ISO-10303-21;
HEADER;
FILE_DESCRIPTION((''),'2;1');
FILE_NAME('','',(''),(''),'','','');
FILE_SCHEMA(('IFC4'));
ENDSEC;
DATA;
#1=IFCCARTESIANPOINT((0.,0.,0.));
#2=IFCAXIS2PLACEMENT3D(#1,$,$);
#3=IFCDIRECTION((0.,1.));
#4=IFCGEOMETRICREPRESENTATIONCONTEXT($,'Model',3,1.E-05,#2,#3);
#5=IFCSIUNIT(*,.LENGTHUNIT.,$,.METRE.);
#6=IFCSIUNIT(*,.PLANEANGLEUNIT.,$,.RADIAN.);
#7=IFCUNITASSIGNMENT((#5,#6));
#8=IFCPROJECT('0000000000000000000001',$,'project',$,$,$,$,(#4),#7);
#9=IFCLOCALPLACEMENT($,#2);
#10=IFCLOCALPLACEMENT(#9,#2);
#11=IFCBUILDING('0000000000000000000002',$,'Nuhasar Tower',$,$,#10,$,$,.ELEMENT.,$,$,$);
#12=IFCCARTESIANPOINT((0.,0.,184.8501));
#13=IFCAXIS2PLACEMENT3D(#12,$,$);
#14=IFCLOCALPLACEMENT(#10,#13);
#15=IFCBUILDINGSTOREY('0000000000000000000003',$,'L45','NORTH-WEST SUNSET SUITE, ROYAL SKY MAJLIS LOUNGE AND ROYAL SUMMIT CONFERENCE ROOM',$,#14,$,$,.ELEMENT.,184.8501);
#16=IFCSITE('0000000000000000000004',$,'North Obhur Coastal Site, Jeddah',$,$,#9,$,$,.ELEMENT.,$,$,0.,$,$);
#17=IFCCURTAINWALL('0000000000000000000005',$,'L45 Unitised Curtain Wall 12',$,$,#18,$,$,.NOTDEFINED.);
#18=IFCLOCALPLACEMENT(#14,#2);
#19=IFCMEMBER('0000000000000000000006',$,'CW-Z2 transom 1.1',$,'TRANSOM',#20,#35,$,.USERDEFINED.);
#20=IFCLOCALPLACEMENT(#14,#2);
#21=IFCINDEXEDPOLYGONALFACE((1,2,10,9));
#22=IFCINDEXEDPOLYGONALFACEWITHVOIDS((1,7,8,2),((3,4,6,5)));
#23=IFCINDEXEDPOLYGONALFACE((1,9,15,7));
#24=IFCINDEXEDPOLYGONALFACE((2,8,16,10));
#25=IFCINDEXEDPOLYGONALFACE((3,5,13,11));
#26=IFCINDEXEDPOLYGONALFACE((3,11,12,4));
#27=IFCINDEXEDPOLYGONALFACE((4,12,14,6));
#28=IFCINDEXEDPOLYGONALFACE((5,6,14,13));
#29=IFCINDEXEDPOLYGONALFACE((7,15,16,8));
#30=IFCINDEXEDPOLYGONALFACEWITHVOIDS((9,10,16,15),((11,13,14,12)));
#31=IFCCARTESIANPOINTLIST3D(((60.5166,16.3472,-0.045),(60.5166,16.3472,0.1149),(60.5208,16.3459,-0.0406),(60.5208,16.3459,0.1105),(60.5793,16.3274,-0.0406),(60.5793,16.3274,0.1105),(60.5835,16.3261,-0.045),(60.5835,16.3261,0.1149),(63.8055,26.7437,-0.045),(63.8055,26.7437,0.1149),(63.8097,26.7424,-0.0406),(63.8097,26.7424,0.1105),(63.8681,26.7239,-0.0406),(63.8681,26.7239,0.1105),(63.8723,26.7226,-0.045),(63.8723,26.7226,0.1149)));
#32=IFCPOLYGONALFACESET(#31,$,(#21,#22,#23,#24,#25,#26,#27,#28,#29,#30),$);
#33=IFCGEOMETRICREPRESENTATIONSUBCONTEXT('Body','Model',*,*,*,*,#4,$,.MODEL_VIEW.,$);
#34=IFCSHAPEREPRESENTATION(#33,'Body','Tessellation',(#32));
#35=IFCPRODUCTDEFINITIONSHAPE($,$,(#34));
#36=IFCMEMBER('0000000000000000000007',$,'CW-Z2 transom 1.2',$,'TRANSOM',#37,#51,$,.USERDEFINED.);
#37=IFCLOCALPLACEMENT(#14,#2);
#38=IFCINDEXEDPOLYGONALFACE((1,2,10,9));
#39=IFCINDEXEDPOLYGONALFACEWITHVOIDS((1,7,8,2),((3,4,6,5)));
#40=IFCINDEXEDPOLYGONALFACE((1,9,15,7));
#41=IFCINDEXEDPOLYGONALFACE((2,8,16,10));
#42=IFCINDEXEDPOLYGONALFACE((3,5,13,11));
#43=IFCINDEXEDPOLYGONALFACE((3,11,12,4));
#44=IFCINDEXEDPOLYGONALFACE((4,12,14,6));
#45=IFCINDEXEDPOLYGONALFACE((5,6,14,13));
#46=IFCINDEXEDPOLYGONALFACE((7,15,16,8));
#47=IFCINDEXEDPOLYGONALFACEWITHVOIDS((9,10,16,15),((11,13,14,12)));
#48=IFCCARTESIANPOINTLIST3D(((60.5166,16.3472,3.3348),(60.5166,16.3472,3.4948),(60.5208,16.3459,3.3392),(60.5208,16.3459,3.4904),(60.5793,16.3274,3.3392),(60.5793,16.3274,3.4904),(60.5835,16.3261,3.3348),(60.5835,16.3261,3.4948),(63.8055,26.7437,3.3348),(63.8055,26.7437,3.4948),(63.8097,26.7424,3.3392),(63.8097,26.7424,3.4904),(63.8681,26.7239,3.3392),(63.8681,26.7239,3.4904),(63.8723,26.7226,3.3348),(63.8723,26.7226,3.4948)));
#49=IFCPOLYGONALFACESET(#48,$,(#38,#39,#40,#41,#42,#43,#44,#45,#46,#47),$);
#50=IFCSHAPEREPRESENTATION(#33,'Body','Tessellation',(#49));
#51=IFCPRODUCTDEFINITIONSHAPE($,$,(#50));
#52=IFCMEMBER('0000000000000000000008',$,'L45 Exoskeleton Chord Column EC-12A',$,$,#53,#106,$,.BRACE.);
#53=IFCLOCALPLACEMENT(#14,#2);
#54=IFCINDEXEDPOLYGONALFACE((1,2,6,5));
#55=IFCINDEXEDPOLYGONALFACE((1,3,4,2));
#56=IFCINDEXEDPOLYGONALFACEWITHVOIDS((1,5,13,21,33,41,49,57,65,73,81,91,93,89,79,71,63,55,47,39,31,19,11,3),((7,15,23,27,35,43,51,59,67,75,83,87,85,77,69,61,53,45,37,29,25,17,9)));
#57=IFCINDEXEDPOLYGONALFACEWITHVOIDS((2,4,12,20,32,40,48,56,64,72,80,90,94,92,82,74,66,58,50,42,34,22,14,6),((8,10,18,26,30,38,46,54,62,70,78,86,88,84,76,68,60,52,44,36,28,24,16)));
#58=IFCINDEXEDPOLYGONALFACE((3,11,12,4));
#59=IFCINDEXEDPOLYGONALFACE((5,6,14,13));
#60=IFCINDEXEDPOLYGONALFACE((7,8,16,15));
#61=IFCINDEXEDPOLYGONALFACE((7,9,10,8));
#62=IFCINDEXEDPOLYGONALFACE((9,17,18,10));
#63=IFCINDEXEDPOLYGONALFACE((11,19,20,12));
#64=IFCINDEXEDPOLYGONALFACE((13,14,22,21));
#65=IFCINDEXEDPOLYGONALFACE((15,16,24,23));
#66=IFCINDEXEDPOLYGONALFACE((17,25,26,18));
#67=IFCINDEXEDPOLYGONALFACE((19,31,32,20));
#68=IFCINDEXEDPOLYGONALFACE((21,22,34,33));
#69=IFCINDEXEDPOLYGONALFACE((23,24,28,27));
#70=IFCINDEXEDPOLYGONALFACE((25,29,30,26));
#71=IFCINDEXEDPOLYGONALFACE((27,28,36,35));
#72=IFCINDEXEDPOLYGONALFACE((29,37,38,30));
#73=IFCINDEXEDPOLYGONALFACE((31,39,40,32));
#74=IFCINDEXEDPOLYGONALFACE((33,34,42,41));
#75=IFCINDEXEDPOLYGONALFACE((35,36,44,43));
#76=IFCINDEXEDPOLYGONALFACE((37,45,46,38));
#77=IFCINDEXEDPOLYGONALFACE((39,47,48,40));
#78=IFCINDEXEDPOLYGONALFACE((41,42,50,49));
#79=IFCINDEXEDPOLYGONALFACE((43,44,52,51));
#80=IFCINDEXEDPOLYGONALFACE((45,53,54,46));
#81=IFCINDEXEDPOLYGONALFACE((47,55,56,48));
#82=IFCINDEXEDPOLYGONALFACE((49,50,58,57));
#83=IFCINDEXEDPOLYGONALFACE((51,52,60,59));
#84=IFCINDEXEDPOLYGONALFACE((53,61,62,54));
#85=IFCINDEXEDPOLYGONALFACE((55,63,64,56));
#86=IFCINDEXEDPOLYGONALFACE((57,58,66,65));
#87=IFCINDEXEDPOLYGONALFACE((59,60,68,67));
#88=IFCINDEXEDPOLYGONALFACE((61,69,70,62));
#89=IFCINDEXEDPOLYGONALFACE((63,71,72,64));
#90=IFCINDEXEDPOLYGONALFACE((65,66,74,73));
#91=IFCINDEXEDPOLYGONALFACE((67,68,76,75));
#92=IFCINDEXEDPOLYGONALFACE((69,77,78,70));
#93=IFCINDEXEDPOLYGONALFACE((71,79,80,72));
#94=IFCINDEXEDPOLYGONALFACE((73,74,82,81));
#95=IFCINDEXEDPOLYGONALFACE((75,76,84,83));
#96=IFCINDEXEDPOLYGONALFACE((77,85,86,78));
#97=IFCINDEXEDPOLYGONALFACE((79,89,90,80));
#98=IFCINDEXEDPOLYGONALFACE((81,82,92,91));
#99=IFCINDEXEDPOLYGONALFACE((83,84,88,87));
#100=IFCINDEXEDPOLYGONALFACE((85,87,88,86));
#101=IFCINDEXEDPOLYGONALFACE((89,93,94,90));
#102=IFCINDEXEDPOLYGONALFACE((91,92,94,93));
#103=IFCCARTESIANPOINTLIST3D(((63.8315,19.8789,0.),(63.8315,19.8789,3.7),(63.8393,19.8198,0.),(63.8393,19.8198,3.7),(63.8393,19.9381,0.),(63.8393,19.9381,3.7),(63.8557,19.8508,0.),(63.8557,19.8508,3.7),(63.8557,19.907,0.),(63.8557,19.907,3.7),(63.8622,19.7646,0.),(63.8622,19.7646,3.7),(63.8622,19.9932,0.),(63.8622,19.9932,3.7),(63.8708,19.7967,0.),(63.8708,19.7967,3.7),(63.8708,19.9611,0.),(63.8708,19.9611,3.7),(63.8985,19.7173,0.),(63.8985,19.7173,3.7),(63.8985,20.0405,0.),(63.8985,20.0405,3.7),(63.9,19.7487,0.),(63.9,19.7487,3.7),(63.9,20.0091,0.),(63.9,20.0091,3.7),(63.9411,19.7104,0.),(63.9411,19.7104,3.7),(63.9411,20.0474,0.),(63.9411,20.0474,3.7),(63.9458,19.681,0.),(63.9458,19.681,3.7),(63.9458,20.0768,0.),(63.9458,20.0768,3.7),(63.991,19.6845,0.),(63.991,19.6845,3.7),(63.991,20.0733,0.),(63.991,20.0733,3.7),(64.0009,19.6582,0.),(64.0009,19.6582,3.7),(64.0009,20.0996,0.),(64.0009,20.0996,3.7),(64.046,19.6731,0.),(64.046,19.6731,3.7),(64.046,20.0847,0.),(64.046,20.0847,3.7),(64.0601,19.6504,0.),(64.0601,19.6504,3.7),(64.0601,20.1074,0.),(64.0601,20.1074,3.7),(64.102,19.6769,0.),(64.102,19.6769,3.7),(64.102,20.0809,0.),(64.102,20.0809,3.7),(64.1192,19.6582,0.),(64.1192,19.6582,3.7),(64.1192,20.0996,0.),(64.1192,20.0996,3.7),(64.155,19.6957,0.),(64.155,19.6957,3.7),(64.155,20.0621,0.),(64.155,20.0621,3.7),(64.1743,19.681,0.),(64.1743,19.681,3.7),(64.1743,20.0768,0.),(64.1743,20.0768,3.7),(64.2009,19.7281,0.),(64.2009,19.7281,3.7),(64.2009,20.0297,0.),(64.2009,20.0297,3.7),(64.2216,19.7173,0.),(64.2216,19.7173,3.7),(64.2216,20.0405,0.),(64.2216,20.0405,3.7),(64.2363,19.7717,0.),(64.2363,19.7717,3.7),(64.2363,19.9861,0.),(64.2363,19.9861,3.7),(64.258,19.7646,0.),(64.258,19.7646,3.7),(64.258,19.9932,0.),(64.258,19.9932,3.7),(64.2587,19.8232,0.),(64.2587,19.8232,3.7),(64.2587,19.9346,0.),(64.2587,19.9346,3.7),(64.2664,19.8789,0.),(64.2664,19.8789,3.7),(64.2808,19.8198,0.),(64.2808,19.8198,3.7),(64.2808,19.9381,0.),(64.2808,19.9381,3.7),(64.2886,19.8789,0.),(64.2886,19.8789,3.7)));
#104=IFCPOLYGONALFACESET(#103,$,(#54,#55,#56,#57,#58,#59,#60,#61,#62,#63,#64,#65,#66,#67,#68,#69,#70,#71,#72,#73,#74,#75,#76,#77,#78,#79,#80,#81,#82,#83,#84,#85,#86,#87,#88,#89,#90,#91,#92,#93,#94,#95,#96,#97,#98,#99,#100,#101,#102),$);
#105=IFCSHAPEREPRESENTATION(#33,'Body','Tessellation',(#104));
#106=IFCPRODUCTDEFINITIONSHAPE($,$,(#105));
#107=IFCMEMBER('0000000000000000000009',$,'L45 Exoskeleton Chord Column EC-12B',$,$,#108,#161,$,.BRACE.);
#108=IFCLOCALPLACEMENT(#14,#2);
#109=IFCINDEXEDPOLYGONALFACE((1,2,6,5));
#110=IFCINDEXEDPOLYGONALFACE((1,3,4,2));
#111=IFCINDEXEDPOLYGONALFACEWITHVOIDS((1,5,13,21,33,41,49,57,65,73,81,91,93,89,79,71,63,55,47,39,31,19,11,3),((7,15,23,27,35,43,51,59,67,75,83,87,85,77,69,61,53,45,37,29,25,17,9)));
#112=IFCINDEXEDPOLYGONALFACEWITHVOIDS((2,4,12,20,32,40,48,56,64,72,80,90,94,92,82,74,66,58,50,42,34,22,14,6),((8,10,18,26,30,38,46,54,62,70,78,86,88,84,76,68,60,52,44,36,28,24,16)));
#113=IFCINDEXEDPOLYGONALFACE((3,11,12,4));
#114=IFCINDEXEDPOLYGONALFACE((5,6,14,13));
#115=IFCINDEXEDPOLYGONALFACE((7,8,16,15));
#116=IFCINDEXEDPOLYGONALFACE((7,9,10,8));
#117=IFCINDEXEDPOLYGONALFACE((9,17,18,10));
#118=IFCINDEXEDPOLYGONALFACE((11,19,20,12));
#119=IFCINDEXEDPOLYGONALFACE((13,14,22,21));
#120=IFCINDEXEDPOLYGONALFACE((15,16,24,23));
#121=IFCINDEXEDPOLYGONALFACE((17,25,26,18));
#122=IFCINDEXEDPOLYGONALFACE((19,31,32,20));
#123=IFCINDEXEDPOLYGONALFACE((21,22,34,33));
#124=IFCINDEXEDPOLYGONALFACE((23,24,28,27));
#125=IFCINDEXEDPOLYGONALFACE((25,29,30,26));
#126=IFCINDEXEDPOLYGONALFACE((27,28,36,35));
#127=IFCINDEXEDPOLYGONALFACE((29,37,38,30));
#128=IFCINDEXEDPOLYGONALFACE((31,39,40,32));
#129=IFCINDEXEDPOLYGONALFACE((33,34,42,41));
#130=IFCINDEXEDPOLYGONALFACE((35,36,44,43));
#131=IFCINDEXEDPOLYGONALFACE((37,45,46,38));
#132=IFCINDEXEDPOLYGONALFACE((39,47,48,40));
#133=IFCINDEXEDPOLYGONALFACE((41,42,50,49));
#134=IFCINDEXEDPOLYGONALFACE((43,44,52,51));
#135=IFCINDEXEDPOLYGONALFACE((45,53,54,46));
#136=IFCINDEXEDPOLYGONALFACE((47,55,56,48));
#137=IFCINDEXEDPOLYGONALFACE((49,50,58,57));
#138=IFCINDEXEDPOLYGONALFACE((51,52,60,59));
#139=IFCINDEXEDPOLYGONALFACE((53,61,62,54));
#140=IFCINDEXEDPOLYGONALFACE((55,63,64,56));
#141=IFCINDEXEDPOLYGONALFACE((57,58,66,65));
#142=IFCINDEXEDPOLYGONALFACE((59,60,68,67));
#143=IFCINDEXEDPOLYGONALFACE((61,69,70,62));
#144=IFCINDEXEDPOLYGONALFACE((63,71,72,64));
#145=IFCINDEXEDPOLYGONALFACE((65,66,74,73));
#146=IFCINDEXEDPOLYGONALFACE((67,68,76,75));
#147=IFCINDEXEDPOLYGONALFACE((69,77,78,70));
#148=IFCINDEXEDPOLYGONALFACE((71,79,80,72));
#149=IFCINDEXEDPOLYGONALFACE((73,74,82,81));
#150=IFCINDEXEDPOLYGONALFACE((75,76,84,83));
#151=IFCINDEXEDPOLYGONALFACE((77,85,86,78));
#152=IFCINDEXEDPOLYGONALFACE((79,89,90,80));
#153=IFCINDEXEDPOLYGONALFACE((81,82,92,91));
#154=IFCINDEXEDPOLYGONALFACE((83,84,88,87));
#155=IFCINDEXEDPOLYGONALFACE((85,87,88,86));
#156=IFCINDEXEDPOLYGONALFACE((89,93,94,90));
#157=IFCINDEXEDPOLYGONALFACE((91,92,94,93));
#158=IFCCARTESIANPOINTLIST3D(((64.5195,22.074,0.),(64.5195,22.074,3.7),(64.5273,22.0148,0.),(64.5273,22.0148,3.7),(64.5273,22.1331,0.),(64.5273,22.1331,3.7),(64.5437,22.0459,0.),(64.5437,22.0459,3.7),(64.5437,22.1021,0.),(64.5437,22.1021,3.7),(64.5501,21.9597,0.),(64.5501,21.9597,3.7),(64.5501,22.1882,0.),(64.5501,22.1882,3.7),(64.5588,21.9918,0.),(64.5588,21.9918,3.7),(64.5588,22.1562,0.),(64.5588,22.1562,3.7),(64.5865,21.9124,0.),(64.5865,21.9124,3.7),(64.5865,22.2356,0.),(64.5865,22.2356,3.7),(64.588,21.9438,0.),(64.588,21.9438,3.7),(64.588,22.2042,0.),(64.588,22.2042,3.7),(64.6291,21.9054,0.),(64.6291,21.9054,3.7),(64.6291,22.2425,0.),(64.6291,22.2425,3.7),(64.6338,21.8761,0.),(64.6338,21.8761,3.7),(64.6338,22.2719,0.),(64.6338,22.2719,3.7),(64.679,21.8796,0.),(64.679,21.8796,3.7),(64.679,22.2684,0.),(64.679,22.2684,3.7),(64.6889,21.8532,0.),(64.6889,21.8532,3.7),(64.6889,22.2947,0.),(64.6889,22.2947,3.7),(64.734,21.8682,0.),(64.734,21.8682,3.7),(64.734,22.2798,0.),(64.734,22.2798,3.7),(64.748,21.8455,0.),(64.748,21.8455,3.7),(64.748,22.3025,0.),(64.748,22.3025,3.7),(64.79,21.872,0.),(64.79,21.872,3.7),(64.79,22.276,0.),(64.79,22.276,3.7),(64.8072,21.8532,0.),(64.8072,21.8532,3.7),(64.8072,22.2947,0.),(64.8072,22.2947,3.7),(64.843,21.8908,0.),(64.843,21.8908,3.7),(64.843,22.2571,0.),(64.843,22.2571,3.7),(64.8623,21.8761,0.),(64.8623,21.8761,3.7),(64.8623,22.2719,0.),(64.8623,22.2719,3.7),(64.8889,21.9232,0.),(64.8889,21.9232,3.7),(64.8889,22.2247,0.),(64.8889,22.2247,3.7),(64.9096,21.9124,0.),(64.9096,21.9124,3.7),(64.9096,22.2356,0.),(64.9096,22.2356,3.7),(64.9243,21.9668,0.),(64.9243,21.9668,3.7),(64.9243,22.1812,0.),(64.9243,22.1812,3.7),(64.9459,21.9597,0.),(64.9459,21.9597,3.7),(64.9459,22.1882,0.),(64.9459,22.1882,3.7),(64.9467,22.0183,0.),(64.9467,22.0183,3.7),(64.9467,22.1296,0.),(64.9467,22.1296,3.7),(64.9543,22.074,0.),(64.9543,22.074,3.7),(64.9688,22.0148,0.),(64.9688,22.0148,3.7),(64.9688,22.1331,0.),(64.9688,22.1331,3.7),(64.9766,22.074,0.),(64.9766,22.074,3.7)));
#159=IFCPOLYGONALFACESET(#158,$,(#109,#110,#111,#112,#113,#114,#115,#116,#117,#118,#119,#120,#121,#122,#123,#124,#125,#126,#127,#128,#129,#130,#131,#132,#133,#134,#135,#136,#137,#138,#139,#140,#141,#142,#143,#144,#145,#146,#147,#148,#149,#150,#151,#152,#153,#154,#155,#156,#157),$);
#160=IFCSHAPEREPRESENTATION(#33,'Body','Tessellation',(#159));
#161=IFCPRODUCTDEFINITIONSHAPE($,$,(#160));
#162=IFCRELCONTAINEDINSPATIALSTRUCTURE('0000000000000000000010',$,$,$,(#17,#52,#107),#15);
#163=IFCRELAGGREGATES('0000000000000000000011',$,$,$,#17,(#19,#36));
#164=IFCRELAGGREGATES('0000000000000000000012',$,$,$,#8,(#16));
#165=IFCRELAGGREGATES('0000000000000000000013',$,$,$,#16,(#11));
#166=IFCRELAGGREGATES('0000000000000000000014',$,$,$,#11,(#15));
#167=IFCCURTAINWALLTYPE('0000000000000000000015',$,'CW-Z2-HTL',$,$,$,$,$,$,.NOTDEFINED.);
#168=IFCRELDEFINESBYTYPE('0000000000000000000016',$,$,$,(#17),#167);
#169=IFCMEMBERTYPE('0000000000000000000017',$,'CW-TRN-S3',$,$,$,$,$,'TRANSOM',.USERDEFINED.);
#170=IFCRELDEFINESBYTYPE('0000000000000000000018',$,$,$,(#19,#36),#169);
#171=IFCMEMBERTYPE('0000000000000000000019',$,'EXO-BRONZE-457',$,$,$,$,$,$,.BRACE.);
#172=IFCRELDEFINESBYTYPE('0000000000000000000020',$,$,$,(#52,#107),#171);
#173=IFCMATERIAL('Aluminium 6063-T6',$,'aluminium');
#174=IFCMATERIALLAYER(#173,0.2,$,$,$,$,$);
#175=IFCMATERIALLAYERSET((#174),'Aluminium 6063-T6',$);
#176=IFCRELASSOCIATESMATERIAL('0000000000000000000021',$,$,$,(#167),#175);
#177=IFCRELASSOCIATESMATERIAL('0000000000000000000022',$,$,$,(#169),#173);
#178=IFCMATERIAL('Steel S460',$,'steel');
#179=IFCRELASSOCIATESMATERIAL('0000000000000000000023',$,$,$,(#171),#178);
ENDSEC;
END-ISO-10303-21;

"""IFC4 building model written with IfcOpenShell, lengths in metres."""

from ifc_helpers import new_model, si_unit, direction, frame, origin, origin_2d, place, context, subcontext, project, spatial, hollow_rectangle, hollow_circle, extrude, material, layer, layer_set, material_profile, profile_set, type_object, element, aggregate, save


model = new_model("IFC4")

# Units and contexts
model_context = context("Model", 3, precision=1e-05, world=origin(), true_north=direction((0.0, 1.0)))
body_context = subcontext(model_context, "Body", "Model", "MODEL_VIEW")
ifc_project = project(units=[si_unit("LENGTHUNIT", "METRE"), si_unit("PLANEANGLEUNIT", "RADIAN")], contexts=[model_context])

# Site, building, storey
site_placement = place(None, origin())
site = spatial("IfcSite", under=ifc_project, at=site_placement, Name="North Obhur Coastal Site, Jeddah", CompositionType="ELEMENT", RefElevation=0.0)
building_placement = place(site_placement, origin())
building = spatial("IfcBuilding", under=site, at=building_placement, Name="Nuhasar Tower", CompositionType="ELEMENT")
storey_placement = place(building_placement, frame((0.0, 0.0, 184.8501)))
storey = spatial("IfcBuildingStorey", under=building, at=storey_placement, Name="L45", Description="NORTH-WEST SUNSET SUITE, ROYAL SKY MAJLIS LOUNGE AND ROYAL SUMMIT CONFERENCE ROOM", CompositionType="ELEMENT", Elevation=184.8501)

# Curtain wall, members
ifc_material_1 = material(Name="Aluminium 6063-T6", Category="aluminium")
ifc_layer_1 = layer(ifc_material_1, 0.2)
ifc_layer_set_1 = layer_set([ifc_layer_1], Name="Aluminium 6063-T6")
curtain_wall_type = type_object("IfcCurtainWallType", Name="CW-Z2-HTL", PredefinedType="NOTDEFINED", material=ifc_layer_set_1)
curtain_wall_placement = place(storey_placement, origin())
curtain_wall = element("IfcCurtainWall", 1, at=curtain_wall_placement, inside=storey, type_object=curtain_wall_type, Name="L45 Unitised Curtain Wall 12", PredefinedType="NOTDEFINED")
ifc_material_profile_1 = material_profile(ifc_material_1, hollow_rectangle(XDim=0.0701, YDim=0.1599, WallThickness=0.0044, at=origin_2d()), Name="CWT-3")
ifc_profile_set_1 = profile_set([ifc_material_profile_1], Name="Aluminium 6063-T6")
member_type_1 = type_object("IfcMemberType", Name="CW-TRN-S3", ElementType="TRANSOM", PredefinedType="USERDEFINED", material=ifc_profile_set_1)
member_1_placement = place(storey_placement, frame((60.55, 16.3367, 0.0349), z_axis=(0.301608, 0.953432, 0.0), x_axis=(-0.953432, 0.301608, 0.0)))
member_1 = element("IfcMember", 2, at=member_1_placement, type_object=member_type_1, Name="CW-Z2 transom 1.1", ObjectType="TRANSOM", PredefinedType="USERDEFINED", context=body_context, shape_type="SweptSolid", body=[
    extrude(hollow_rectangle(XDim=0.0701, YDim=0.1599, WallThickness=0.0044, at=origin_2d()), origin(), (0.0, 0.0, 1.0), 10.9043),
])
member_2_placement = place(storey_placement, frame((60.55, 16.3367, 3.4148), z_axis=(0.301608, 0.953432, 0.0), x_axis=(-0.953432, 0.301608, 0.0)))
member_2 = element("IfcMember", 3, at=member_2_placement, type_object=member_type_1, Name="CW-Z2 transom 1.2", ObjectType="TRANSOM", PredefinedType="USERDEFINED", context=body_context, shape_type="SweptSolid", body=[
    extrude(hollow_rectangle(XDim=0.0701, YDim=0.1599, WallThickness=0.0044, at=origin_2d()), origin(), (0.0, 0.0, 1.0), 10.9043),
])

# Members
ifc_material_2 = material(Name="Steel S460", Category="steel")
ifc_material_profile_2 = material_profile(ifc_material_2, hollow_circle(Radius=0.2285, WallThickness=0.0222, at=origin_2d()), Name="HSS457X22.2")
ifc_profile_set_2 = profile_set([ifc_material_profile_2], Name="Steel S460")
member_type_2 = type_object("IfcMemberType", Name="EXO-BRONZE-457", PredefinedType="BRACE", material=ifc_profile_set_2)
for number, where, z_axis, x_axis, name in (
    (4, (64.0601, 19.8789, 0.0), (0.0, 0.0, 1.0), (1.0, 0.0, 0.0), "L45 Exoskeleton Chord Column EC-12A"),
    (5, (64.748, 22.074, 0.0), (0.0, 0.0, 1.0), (1.0, 0.0, 0.0), "L45 Exoskeleton Chord Column EC-12B"),
):
    element("IfcMember", number, at=place(storey_placement, frame(where, z_axis=z_axis, x_axis=x_axis)), inside=storey, type_object=member_type_2, Name=name, PredefinedType="BRACE", context=body_context, shape_type="SweptSolid", body=[
        extrude(hollow_circle(Radius=0.2285, WallThickness=0.0222, at=origin_2d()), origin(), (0.0, 0.0, 1.0), 3.7),
    ])

aggregate(curtain_wall, [member_1, member_2])

save(model, "model.ifc")
